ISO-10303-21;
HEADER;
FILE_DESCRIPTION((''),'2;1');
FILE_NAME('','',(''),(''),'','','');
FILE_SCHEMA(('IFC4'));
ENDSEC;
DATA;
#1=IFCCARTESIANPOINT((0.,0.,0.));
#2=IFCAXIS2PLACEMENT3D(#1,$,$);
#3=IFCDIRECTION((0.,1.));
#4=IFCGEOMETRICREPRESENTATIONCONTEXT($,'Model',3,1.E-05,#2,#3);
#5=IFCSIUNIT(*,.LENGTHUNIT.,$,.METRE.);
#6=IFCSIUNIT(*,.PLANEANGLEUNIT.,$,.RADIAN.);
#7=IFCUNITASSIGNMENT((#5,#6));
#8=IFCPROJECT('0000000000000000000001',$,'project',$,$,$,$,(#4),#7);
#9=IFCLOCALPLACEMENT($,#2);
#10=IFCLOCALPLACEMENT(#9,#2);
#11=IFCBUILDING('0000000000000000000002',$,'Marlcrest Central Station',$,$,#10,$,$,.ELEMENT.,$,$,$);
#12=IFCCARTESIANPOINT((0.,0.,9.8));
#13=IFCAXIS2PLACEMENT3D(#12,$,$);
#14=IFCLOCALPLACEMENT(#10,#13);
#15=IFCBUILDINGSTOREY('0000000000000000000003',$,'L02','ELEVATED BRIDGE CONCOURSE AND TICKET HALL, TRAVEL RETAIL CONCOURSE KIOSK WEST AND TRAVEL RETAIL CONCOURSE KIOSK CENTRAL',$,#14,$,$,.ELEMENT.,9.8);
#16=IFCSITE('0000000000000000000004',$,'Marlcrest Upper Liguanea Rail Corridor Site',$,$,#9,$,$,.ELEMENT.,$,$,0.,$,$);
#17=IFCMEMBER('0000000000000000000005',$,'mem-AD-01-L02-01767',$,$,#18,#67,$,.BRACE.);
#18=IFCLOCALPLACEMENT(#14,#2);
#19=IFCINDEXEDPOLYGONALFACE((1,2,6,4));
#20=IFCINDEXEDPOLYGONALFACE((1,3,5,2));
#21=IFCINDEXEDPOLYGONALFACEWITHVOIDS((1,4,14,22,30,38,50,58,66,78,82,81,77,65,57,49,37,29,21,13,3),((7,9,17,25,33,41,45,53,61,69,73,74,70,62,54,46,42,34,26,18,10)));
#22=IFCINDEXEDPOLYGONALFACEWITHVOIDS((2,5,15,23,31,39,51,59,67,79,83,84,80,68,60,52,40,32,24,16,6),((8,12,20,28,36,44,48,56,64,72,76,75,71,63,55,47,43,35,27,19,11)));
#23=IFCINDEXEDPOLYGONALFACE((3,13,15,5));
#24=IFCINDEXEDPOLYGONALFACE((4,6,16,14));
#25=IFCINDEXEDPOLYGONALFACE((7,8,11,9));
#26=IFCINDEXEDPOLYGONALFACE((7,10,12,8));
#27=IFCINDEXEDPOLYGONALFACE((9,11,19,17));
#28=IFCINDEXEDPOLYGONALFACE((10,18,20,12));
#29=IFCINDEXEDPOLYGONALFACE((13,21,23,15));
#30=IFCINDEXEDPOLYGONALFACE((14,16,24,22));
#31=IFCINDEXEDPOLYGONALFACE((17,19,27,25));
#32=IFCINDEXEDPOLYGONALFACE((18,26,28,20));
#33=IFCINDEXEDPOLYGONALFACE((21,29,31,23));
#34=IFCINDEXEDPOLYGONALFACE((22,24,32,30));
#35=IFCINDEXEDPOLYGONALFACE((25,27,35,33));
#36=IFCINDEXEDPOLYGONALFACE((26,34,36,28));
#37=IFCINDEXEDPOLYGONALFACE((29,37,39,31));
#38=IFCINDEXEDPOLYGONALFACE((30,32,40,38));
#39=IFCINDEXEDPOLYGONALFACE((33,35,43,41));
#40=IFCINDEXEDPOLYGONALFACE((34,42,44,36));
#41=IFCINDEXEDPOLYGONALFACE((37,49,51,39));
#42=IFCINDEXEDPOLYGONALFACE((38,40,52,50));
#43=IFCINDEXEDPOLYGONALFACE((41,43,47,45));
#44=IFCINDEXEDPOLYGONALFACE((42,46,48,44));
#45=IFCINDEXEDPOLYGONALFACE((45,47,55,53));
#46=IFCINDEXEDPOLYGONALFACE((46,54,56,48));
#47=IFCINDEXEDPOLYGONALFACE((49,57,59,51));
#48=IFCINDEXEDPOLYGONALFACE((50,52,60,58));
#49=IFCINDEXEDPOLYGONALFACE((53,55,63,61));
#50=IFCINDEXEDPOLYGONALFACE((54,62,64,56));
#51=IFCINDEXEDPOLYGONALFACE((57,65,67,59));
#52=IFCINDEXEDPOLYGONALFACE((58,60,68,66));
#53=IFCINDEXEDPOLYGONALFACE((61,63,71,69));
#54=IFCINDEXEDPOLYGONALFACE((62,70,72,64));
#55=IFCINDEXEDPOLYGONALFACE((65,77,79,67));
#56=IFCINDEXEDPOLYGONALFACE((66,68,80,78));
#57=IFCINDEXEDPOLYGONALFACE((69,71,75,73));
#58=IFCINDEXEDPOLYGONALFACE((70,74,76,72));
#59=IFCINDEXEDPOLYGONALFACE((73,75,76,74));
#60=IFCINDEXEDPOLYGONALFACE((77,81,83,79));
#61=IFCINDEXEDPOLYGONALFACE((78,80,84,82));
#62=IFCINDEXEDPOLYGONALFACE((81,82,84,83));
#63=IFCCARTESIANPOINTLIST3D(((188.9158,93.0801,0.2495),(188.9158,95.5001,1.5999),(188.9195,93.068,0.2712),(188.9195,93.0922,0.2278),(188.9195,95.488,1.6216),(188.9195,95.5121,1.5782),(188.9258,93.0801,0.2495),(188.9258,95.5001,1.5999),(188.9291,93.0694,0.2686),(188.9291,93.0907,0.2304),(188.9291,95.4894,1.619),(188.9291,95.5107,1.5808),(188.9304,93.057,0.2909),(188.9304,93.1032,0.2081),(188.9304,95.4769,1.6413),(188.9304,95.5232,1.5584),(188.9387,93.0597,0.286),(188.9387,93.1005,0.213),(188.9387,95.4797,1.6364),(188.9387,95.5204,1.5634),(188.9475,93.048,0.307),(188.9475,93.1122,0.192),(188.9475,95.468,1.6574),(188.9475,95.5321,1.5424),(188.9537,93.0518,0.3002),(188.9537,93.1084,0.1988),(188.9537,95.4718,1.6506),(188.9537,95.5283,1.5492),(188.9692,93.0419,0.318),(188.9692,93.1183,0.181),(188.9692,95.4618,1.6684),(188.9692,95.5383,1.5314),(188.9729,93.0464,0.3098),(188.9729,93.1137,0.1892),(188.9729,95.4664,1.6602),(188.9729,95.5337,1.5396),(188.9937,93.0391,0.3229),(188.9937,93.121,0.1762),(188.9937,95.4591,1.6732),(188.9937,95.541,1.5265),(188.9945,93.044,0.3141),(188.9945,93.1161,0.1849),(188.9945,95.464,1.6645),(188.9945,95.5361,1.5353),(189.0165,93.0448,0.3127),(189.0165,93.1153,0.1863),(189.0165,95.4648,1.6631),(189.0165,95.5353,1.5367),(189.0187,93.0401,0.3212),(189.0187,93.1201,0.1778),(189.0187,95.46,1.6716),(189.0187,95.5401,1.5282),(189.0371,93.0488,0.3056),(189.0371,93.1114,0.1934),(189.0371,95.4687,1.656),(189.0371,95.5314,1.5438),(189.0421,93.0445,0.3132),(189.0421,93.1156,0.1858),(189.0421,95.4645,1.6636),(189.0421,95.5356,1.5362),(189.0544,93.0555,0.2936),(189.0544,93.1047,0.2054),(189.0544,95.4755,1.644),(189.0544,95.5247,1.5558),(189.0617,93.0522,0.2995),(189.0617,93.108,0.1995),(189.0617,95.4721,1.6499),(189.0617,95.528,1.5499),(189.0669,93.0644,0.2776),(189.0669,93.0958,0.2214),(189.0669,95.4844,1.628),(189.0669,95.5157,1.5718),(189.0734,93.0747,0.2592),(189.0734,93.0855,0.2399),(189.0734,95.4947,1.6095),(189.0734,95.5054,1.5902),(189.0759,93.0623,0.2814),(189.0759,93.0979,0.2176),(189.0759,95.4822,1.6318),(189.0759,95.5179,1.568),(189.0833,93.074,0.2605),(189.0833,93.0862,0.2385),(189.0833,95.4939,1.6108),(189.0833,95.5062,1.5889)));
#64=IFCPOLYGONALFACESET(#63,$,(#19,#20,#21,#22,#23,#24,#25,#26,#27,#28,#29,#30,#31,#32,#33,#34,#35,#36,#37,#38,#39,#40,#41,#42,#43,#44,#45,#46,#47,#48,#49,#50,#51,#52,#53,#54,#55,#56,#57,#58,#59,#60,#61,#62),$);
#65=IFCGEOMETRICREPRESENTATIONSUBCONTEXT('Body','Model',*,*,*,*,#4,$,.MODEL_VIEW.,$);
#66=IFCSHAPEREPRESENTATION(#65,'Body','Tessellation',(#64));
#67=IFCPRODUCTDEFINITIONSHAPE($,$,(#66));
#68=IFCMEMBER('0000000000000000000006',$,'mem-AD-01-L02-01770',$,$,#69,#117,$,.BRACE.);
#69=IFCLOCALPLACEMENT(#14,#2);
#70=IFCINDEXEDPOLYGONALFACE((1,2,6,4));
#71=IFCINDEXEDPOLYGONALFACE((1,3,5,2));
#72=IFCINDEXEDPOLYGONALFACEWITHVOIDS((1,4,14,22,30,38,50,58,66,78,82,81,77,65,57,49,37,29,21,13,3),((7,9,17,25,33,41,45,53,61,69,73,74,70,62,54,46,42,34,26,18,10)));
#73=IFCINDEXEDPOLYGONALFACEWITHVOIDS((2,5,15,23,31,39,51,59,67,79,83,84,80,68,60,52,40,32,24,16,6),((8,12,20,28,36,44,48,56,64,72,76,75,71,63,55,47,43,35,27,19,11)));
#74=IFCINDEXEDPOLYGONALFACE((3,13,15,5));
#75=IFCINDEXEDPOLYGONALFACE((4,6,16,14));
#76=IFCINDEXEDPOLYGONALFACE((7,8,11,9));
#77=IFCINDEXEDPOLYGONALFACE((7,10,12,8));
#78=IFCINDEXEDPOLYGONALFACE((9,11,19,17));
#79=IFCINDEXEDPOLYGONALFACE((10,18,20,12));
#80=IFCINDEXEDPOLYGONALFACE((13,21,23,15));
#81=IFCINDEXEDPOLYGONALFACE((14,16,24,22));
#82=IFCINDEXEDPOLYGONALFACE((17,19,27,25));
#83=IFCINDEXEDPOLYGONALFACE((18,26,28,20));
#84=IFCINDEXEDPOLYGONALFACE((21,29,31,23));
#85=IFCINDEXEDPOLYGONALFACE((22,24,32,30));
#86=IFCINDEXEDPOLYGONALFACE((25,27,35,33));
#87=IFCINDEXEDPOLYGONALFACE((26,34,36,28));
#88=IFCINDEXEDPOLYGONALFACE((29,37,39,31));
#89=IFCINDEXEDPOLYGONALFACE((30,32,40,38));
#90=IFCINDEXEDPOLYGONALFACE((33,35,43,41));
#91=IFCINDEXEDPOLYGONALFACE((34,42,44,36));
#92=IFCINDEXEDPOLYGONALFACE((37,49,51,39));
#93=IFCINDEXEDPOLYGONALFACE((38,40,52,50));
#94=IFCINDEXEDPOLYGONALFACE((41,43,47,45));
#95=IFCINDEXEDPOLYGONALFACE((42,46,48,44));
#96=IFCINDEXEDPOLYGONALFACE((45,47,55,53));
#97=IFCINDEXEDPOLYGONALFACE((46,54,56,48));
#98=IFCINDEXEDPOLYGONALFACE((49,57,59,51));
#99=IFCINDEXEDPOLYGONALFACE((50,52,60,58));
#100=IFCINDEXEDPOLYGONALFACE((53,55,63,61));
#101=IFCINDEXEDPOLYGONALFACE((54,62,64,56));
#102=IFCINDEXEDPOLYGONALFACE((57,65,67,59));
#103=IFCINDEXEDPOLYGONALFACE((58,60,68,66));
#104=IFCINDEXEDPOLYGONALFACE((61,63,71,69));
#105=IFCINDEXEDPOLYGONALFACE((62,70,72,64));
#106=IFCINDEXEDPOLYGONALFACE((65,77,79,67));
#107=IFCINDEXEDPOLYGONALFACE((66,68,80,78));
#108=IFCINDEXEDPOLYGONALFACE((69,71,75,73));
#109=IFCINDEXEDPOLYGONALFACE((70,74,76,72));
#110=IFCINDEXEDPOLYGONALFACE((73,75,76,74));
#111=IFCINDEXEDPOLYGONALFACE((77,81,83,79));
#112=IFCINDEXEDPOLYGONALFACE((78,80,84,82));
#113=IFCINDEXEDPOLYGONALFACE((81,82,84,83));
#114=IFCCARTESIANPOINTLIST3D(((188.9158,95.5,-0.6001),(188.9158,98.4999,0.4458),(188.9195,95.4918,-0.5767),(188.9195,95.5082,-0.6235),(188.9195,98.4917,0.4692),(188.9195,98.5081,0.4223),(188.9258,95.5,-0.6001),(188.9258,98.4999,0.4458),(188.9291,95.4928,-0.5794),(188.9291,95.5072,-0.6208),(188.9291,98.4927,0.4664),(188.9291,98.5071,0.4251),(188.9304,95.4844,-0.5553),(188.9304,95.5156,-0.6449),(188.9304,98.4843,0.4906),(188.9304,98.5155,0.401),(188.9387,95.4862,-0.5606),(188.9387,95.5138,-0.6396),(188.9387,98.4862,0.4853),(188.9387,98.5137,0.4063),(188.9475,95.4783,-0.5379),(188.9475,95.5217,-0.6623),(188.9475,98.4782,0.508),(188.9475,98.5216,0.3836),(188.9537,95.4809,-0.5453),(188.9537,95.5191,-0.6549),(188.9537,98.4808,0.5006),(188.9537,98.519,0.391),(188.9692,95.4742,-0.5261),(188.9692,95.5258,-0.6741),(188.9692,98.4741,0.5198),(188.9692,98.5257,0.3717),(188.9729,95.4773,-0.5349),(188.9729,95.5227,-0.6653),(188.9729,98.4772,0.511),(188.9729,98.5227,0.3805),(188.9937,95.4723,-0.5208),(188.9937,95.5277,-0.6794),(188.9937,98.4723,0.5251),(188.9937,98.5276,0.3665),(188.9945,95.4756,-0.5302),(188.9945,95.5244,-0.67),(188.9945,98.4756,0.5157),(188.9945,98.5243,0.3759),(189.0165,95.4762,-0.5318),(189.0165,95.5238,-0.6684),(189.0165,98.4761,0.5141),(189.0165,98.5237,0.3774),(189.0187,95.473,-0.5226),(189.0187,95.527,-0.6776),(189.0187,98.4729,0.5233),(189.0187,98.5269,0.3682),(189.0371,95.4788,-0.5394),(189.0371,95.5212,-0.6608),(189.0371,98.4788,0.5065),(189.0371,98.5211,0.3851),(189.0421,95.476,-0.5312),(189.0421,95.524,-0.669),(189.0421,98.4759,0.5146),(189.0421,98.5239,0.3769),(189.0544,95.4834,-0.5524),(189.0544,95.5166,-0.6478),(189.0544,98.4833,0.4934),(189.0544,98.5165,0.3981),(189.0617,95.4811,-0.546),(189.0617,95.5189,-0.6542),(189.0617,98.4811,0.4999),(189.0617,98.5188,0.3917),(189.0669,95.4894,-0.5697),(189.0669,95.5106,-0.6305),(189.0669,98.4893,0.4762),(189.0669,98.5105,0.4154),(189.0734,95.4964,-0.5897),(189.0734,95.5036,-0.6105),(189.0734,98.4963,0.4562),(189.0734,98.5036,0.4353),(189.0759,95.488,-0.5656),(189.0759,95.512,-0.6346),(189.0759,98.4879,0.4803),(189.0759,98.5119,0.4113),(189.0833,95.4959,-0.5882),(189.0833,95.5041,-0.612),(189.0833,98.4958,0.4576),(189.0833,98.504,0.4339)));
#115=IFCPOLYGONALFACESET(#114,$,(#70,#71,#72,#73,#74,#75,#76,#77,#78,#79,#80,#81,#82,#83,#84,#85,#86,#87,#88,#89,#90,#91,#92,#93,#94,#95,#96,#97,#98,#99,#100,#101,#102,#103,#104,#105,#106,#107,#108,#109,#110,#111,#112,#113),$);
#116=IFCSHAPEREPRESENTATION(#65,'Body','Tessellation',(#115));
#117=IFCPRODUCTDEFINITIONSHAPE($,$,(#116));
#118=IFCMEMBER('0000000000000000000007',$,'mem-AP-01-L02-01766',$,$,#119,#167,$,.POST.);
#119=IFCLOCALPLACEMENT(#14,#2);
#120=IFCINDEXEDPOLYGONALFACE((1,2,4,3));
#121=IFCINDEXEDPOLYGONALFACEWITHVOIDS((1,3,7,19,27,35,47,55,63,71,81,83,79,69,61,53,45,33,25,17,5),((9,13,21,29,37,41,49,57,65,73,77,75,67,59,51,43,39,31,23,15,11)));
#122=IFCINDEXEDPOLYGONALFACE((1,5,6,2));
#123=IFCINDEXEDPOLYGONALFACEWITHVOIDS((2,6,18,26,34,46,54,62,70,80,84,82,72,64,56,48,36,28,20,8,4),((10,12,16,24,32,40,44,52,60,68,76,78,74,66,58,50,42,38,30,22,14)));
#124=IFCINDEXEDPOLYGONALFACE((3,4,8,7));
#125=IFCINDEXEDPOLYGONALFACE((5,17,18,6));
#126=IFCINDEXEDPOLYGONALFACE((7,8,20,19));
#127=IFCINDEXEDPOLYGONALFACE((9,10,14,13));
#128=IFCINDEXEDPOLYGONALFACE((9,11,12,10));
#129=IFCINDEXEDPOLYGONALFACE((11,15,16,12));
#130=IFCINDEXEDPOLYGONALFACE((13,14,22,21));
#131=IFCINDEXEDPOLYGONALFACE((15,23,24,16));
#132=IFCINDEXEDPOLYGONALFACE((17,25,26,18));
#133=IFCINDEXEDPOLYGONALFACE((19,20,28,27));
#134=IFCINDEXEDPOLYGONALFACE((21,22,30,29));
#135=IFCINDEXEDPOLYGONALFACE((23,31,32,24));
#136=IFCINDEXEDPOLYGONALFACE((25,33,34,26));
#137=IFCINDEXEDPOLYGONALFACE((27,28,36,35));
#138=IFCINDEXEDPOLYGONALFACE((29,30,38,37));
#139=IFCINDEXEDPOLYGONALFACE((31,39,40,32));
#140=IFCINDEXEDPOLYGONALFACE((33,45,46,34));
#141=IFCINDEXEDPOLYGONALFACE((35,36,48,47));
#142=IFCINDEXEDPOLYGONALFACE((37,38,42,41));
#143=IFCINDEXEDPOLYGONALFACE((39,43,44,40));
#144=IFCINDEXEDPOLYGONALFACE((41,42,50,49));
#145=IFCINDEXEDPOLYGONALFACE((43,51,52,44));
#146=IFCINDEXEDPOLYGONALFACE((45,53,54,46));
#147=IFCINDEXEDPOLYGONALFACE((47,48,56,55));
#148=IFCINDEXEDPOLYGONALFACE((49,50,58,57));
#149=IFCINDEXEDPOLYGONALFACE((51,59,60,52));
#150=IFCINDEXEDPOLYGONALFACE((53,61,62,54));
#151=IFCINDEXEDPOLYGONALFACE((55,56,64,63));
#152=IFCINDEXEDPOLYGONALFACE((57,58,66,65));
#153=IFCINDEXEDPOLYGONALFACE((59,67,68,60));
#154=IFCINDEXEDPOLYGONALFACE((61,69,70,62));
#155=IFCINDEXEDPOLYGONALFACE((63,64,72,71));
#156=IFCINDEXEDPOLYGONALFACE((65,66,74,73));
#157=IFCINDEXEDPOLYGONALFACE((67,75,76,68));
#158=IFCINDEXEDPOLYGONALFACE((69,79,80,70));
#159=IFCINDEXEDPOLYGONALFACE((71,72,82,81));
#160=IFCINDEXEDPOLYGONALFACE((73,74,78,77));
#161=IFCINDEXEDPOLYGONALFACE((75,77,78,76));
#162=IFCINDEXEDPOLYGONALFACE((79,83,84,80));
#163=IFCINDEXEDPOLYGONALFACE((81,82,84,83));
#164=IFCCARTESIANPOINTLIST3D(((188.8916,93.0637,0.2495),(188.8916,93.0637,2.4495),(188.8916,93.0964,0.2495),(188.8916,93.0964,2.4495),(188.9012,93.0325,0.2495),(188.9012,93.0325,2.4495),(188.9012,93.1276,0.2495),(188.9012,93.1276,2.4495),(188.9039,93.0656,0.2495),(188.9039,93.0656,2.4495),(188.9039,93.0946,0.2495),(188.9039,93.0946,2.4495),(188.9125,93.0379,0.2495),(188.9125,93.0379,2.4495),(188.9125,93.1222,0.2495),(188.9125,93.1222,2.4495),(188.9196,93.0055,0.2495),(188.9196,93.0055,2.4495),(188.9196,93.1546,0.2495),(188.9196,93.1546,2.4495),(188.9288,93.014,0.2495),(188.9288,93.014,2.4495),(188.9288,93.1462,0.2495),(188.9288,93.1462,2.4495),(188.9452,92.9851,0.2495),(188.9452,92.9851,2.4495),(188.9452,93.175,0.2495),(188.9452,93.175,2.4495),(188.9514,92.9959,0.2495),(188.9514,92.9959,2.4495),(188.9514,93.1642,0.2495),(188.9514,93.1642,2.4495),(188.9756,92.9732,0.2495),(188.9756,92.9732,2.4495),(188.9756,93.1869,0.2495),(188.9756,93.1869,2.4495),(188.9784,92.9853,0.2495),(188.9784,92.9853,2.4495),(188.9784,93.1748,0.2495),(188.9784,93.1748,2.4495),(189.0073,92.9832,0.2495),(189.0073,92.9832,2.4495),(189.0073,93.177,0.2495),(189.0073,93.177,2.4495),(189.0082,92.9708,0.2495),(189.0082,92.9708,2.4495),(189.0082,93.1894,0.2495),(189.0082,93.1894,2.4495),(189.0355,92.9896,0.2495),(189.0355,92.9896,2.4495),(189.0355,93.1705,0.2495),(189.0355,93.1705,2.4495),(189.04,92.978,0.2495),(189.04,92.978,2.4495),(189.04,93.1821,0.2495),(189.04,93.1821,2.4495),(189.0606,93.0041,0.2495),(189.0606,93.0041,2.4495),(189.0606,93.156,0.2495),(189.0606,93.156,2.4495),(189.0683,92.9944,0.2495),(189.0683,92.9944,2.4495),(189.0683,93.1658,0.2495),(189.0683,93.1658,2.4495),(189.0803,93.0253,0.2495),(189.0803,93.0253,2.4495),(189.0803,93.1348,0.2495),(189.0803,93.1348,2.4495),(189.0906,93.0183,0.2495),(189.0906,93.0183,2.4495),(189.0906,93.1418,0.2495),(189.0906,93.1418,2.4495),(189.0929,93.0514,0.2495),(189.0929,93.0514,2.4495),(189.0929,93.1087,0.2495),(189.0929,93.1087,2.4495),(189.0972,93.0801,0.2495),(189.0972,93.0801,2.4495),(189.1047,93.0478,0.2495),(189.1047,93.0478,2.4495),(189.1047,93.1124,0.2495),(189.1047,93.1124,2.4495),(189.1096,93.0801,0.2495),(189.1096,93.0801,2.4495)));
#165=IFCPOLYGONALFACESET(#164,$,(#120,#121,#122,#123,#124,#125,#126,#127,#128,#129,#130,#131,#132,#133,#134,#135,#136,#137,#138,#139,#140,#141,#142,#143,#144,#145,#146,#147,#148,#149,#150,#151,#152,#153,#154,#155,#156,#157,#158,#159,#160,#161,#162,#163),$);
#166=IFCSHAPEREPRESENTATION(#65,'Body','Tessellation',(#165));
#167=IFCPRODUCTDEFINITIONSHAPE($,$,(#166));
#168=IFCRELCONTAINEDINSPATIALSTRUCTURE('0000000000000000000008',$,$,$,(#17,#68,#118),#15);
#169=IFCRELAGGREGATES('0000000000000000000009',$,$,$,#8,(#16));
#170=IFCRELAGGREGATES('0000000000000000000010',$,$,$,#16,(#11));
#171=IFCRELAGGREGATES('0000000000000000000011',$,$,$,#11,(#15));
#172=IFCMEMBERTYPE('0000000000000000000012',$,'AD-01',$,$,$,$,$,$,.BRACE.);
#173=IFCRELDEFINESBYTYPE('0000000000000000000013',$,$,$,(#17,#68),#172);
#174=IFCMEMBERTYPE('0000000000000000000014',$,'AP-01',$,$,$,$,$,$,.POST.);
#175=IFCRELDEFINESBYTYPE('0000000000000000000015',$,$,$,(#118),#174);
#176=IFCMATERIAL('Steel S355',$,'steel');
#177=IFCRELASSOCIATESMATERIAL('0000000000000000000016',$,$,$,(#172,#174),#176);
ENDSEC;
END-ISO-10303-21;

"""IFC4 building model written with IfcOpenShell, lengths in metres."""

from ifc_helpers import new_model, si_unit, direction, frame, origin, origin_2d, place, context, subcontext, project, spatial, hollow_circle, extrude, material, material_profile, profile_set, type_object, element, save


model = new_model("IFC4")

# Units and contexts
model_context = context("Model", 3, precision=1e-05, world=origin(), true_north=direction((0.0, 1.0)))
body_context = subcontext(model_context, "Body", "Model", "MODEL_VIEW")
ifc_project = project(units=[si_unit("LENGTHUNIT", "METRE"), si_unit("PLANEANGLEUNIT", "RADIAN")], contexts=[model_context])

# Site, building, storey
site_placement = place(None, origin())
site = spatial("IfcSite", under=ifc_project, at=site_placement, Name="Marlcrest Upper Liguanea Rail Corridor Site", CompositionType="ELEMENT", RefElevation=0.0)
building_placement = place(site_placement, origin())
building = spatial("IfcBuilding", under=site, at=building_placement, Name="Marlcrest Central Station", CompositionType="ELEMENT")
storey_placement = place(building_placement, frame((0.0, 0.0, 9.8)))
storey = spatial("IfcBuildingStorey", under=building, at=storey_placement, Name="L02", Description="ELEVATED BRIDGE CONCOURSE AND TICKET HALL, TRAVEL RETAIL CONCOURSE KIOSK WEST AND TRAVEL RETAIL CONCOURSE KIOSK CENTRAL", CompositionType="ELEMENT", Elevation=9.8)

# Members
ifc_material_1 = material(Name="Steel S355", Category="steel")
ifc_material_profile_1 = material_profile(ifc_material_1, hollow_circle(Radius=0.0842, WallThickness=0.01, at=origin_2d()), Name="CHS 168.3x10")
ifc_profile_set_1 = profile_set([ifc_material_profile_1], Name="Steel S355")
member_type_1 = type_object("IfcMemberType", Name="AD-01", PredefinedType="BRACE", material=ifc_profile_set_1)
member_1_placement = place(storey_placement, frame((189.0, 93.0801, 0.2495), z_axis=(0.0, 0.873246, 0.48728), x_axis=(-1.0, 0.0, 0.0)))
element("IfcMember", 1, at=member_1_placement, inside=storey, type_object=member_type_1, Name="mem-AD-01-L02-01767", PredefinedType="BRACE", context=body_context, shape_type="SweptSolid", body=[
    extrude(hollow_circle(Radius=0.0842, WallThickness=0.01, at=origin_2d()), origin(), (0.0, 0.0, 1.0), 2.7712),
])
member_2_placement = place(storey_placement, frame((189.0, 95.5, -0.6001), z_axis=(0.0, 0.94426, 0.3292), x_axis=(-1.0, 0.0, 0.0)))
element("IfcMember", 2, at=member_2_placement, inside=storey, type_object=member_type_1, Name="mem-AD-01-L02-01770", PredefinedType="BRACE", context=body_context, shape_type="SweptSolid", body=[
    extrude(hollow_circle(Radius=0.0842, WallThickness=0.01, at=origin_2d()), origin(), (0.0, 0.0, 1.0), 3.177),
])
ifc_material_profile_2 = material_profile(ifc_material_1, hollow_circle(Radius=0.1096, WallThickness=0.0125, at=origin_2d()), Name="CHS 219.1x12.5")
ifc_profile_set_2 = profile_set([ifc_material_profile_2], Name="Steel S355")
member_type_2 = type_object("IfcMemberType", Name="AP-01", PredefinedType="POST", material=ifc_profile_set_2)
for number, where, z_axis, x_axis, name in (
    (3, (189.0, 93.0801, 0.2495), (0.0, 0.0, 1.0), (1.0, 0.0, 0.0), "mem-AP-01-L02-01766"),
):
    element("IfcMember", number, at=place(storey_placement, frame(where, z_axis=z_axis, x_axis=x_axis)), inside=storey, type_object=member_type_2, Name=name, PredefinedType="POST", context=body_context, shape_type="SweptSolid", body=[
        extrude(hollow_circle(Radius=0.1096, WallThickness=0.0125, at=origin_2d()), origin(), (0.0, 0.0, 1.0), 2.2),
    ])

save(model, "model.ifc")
